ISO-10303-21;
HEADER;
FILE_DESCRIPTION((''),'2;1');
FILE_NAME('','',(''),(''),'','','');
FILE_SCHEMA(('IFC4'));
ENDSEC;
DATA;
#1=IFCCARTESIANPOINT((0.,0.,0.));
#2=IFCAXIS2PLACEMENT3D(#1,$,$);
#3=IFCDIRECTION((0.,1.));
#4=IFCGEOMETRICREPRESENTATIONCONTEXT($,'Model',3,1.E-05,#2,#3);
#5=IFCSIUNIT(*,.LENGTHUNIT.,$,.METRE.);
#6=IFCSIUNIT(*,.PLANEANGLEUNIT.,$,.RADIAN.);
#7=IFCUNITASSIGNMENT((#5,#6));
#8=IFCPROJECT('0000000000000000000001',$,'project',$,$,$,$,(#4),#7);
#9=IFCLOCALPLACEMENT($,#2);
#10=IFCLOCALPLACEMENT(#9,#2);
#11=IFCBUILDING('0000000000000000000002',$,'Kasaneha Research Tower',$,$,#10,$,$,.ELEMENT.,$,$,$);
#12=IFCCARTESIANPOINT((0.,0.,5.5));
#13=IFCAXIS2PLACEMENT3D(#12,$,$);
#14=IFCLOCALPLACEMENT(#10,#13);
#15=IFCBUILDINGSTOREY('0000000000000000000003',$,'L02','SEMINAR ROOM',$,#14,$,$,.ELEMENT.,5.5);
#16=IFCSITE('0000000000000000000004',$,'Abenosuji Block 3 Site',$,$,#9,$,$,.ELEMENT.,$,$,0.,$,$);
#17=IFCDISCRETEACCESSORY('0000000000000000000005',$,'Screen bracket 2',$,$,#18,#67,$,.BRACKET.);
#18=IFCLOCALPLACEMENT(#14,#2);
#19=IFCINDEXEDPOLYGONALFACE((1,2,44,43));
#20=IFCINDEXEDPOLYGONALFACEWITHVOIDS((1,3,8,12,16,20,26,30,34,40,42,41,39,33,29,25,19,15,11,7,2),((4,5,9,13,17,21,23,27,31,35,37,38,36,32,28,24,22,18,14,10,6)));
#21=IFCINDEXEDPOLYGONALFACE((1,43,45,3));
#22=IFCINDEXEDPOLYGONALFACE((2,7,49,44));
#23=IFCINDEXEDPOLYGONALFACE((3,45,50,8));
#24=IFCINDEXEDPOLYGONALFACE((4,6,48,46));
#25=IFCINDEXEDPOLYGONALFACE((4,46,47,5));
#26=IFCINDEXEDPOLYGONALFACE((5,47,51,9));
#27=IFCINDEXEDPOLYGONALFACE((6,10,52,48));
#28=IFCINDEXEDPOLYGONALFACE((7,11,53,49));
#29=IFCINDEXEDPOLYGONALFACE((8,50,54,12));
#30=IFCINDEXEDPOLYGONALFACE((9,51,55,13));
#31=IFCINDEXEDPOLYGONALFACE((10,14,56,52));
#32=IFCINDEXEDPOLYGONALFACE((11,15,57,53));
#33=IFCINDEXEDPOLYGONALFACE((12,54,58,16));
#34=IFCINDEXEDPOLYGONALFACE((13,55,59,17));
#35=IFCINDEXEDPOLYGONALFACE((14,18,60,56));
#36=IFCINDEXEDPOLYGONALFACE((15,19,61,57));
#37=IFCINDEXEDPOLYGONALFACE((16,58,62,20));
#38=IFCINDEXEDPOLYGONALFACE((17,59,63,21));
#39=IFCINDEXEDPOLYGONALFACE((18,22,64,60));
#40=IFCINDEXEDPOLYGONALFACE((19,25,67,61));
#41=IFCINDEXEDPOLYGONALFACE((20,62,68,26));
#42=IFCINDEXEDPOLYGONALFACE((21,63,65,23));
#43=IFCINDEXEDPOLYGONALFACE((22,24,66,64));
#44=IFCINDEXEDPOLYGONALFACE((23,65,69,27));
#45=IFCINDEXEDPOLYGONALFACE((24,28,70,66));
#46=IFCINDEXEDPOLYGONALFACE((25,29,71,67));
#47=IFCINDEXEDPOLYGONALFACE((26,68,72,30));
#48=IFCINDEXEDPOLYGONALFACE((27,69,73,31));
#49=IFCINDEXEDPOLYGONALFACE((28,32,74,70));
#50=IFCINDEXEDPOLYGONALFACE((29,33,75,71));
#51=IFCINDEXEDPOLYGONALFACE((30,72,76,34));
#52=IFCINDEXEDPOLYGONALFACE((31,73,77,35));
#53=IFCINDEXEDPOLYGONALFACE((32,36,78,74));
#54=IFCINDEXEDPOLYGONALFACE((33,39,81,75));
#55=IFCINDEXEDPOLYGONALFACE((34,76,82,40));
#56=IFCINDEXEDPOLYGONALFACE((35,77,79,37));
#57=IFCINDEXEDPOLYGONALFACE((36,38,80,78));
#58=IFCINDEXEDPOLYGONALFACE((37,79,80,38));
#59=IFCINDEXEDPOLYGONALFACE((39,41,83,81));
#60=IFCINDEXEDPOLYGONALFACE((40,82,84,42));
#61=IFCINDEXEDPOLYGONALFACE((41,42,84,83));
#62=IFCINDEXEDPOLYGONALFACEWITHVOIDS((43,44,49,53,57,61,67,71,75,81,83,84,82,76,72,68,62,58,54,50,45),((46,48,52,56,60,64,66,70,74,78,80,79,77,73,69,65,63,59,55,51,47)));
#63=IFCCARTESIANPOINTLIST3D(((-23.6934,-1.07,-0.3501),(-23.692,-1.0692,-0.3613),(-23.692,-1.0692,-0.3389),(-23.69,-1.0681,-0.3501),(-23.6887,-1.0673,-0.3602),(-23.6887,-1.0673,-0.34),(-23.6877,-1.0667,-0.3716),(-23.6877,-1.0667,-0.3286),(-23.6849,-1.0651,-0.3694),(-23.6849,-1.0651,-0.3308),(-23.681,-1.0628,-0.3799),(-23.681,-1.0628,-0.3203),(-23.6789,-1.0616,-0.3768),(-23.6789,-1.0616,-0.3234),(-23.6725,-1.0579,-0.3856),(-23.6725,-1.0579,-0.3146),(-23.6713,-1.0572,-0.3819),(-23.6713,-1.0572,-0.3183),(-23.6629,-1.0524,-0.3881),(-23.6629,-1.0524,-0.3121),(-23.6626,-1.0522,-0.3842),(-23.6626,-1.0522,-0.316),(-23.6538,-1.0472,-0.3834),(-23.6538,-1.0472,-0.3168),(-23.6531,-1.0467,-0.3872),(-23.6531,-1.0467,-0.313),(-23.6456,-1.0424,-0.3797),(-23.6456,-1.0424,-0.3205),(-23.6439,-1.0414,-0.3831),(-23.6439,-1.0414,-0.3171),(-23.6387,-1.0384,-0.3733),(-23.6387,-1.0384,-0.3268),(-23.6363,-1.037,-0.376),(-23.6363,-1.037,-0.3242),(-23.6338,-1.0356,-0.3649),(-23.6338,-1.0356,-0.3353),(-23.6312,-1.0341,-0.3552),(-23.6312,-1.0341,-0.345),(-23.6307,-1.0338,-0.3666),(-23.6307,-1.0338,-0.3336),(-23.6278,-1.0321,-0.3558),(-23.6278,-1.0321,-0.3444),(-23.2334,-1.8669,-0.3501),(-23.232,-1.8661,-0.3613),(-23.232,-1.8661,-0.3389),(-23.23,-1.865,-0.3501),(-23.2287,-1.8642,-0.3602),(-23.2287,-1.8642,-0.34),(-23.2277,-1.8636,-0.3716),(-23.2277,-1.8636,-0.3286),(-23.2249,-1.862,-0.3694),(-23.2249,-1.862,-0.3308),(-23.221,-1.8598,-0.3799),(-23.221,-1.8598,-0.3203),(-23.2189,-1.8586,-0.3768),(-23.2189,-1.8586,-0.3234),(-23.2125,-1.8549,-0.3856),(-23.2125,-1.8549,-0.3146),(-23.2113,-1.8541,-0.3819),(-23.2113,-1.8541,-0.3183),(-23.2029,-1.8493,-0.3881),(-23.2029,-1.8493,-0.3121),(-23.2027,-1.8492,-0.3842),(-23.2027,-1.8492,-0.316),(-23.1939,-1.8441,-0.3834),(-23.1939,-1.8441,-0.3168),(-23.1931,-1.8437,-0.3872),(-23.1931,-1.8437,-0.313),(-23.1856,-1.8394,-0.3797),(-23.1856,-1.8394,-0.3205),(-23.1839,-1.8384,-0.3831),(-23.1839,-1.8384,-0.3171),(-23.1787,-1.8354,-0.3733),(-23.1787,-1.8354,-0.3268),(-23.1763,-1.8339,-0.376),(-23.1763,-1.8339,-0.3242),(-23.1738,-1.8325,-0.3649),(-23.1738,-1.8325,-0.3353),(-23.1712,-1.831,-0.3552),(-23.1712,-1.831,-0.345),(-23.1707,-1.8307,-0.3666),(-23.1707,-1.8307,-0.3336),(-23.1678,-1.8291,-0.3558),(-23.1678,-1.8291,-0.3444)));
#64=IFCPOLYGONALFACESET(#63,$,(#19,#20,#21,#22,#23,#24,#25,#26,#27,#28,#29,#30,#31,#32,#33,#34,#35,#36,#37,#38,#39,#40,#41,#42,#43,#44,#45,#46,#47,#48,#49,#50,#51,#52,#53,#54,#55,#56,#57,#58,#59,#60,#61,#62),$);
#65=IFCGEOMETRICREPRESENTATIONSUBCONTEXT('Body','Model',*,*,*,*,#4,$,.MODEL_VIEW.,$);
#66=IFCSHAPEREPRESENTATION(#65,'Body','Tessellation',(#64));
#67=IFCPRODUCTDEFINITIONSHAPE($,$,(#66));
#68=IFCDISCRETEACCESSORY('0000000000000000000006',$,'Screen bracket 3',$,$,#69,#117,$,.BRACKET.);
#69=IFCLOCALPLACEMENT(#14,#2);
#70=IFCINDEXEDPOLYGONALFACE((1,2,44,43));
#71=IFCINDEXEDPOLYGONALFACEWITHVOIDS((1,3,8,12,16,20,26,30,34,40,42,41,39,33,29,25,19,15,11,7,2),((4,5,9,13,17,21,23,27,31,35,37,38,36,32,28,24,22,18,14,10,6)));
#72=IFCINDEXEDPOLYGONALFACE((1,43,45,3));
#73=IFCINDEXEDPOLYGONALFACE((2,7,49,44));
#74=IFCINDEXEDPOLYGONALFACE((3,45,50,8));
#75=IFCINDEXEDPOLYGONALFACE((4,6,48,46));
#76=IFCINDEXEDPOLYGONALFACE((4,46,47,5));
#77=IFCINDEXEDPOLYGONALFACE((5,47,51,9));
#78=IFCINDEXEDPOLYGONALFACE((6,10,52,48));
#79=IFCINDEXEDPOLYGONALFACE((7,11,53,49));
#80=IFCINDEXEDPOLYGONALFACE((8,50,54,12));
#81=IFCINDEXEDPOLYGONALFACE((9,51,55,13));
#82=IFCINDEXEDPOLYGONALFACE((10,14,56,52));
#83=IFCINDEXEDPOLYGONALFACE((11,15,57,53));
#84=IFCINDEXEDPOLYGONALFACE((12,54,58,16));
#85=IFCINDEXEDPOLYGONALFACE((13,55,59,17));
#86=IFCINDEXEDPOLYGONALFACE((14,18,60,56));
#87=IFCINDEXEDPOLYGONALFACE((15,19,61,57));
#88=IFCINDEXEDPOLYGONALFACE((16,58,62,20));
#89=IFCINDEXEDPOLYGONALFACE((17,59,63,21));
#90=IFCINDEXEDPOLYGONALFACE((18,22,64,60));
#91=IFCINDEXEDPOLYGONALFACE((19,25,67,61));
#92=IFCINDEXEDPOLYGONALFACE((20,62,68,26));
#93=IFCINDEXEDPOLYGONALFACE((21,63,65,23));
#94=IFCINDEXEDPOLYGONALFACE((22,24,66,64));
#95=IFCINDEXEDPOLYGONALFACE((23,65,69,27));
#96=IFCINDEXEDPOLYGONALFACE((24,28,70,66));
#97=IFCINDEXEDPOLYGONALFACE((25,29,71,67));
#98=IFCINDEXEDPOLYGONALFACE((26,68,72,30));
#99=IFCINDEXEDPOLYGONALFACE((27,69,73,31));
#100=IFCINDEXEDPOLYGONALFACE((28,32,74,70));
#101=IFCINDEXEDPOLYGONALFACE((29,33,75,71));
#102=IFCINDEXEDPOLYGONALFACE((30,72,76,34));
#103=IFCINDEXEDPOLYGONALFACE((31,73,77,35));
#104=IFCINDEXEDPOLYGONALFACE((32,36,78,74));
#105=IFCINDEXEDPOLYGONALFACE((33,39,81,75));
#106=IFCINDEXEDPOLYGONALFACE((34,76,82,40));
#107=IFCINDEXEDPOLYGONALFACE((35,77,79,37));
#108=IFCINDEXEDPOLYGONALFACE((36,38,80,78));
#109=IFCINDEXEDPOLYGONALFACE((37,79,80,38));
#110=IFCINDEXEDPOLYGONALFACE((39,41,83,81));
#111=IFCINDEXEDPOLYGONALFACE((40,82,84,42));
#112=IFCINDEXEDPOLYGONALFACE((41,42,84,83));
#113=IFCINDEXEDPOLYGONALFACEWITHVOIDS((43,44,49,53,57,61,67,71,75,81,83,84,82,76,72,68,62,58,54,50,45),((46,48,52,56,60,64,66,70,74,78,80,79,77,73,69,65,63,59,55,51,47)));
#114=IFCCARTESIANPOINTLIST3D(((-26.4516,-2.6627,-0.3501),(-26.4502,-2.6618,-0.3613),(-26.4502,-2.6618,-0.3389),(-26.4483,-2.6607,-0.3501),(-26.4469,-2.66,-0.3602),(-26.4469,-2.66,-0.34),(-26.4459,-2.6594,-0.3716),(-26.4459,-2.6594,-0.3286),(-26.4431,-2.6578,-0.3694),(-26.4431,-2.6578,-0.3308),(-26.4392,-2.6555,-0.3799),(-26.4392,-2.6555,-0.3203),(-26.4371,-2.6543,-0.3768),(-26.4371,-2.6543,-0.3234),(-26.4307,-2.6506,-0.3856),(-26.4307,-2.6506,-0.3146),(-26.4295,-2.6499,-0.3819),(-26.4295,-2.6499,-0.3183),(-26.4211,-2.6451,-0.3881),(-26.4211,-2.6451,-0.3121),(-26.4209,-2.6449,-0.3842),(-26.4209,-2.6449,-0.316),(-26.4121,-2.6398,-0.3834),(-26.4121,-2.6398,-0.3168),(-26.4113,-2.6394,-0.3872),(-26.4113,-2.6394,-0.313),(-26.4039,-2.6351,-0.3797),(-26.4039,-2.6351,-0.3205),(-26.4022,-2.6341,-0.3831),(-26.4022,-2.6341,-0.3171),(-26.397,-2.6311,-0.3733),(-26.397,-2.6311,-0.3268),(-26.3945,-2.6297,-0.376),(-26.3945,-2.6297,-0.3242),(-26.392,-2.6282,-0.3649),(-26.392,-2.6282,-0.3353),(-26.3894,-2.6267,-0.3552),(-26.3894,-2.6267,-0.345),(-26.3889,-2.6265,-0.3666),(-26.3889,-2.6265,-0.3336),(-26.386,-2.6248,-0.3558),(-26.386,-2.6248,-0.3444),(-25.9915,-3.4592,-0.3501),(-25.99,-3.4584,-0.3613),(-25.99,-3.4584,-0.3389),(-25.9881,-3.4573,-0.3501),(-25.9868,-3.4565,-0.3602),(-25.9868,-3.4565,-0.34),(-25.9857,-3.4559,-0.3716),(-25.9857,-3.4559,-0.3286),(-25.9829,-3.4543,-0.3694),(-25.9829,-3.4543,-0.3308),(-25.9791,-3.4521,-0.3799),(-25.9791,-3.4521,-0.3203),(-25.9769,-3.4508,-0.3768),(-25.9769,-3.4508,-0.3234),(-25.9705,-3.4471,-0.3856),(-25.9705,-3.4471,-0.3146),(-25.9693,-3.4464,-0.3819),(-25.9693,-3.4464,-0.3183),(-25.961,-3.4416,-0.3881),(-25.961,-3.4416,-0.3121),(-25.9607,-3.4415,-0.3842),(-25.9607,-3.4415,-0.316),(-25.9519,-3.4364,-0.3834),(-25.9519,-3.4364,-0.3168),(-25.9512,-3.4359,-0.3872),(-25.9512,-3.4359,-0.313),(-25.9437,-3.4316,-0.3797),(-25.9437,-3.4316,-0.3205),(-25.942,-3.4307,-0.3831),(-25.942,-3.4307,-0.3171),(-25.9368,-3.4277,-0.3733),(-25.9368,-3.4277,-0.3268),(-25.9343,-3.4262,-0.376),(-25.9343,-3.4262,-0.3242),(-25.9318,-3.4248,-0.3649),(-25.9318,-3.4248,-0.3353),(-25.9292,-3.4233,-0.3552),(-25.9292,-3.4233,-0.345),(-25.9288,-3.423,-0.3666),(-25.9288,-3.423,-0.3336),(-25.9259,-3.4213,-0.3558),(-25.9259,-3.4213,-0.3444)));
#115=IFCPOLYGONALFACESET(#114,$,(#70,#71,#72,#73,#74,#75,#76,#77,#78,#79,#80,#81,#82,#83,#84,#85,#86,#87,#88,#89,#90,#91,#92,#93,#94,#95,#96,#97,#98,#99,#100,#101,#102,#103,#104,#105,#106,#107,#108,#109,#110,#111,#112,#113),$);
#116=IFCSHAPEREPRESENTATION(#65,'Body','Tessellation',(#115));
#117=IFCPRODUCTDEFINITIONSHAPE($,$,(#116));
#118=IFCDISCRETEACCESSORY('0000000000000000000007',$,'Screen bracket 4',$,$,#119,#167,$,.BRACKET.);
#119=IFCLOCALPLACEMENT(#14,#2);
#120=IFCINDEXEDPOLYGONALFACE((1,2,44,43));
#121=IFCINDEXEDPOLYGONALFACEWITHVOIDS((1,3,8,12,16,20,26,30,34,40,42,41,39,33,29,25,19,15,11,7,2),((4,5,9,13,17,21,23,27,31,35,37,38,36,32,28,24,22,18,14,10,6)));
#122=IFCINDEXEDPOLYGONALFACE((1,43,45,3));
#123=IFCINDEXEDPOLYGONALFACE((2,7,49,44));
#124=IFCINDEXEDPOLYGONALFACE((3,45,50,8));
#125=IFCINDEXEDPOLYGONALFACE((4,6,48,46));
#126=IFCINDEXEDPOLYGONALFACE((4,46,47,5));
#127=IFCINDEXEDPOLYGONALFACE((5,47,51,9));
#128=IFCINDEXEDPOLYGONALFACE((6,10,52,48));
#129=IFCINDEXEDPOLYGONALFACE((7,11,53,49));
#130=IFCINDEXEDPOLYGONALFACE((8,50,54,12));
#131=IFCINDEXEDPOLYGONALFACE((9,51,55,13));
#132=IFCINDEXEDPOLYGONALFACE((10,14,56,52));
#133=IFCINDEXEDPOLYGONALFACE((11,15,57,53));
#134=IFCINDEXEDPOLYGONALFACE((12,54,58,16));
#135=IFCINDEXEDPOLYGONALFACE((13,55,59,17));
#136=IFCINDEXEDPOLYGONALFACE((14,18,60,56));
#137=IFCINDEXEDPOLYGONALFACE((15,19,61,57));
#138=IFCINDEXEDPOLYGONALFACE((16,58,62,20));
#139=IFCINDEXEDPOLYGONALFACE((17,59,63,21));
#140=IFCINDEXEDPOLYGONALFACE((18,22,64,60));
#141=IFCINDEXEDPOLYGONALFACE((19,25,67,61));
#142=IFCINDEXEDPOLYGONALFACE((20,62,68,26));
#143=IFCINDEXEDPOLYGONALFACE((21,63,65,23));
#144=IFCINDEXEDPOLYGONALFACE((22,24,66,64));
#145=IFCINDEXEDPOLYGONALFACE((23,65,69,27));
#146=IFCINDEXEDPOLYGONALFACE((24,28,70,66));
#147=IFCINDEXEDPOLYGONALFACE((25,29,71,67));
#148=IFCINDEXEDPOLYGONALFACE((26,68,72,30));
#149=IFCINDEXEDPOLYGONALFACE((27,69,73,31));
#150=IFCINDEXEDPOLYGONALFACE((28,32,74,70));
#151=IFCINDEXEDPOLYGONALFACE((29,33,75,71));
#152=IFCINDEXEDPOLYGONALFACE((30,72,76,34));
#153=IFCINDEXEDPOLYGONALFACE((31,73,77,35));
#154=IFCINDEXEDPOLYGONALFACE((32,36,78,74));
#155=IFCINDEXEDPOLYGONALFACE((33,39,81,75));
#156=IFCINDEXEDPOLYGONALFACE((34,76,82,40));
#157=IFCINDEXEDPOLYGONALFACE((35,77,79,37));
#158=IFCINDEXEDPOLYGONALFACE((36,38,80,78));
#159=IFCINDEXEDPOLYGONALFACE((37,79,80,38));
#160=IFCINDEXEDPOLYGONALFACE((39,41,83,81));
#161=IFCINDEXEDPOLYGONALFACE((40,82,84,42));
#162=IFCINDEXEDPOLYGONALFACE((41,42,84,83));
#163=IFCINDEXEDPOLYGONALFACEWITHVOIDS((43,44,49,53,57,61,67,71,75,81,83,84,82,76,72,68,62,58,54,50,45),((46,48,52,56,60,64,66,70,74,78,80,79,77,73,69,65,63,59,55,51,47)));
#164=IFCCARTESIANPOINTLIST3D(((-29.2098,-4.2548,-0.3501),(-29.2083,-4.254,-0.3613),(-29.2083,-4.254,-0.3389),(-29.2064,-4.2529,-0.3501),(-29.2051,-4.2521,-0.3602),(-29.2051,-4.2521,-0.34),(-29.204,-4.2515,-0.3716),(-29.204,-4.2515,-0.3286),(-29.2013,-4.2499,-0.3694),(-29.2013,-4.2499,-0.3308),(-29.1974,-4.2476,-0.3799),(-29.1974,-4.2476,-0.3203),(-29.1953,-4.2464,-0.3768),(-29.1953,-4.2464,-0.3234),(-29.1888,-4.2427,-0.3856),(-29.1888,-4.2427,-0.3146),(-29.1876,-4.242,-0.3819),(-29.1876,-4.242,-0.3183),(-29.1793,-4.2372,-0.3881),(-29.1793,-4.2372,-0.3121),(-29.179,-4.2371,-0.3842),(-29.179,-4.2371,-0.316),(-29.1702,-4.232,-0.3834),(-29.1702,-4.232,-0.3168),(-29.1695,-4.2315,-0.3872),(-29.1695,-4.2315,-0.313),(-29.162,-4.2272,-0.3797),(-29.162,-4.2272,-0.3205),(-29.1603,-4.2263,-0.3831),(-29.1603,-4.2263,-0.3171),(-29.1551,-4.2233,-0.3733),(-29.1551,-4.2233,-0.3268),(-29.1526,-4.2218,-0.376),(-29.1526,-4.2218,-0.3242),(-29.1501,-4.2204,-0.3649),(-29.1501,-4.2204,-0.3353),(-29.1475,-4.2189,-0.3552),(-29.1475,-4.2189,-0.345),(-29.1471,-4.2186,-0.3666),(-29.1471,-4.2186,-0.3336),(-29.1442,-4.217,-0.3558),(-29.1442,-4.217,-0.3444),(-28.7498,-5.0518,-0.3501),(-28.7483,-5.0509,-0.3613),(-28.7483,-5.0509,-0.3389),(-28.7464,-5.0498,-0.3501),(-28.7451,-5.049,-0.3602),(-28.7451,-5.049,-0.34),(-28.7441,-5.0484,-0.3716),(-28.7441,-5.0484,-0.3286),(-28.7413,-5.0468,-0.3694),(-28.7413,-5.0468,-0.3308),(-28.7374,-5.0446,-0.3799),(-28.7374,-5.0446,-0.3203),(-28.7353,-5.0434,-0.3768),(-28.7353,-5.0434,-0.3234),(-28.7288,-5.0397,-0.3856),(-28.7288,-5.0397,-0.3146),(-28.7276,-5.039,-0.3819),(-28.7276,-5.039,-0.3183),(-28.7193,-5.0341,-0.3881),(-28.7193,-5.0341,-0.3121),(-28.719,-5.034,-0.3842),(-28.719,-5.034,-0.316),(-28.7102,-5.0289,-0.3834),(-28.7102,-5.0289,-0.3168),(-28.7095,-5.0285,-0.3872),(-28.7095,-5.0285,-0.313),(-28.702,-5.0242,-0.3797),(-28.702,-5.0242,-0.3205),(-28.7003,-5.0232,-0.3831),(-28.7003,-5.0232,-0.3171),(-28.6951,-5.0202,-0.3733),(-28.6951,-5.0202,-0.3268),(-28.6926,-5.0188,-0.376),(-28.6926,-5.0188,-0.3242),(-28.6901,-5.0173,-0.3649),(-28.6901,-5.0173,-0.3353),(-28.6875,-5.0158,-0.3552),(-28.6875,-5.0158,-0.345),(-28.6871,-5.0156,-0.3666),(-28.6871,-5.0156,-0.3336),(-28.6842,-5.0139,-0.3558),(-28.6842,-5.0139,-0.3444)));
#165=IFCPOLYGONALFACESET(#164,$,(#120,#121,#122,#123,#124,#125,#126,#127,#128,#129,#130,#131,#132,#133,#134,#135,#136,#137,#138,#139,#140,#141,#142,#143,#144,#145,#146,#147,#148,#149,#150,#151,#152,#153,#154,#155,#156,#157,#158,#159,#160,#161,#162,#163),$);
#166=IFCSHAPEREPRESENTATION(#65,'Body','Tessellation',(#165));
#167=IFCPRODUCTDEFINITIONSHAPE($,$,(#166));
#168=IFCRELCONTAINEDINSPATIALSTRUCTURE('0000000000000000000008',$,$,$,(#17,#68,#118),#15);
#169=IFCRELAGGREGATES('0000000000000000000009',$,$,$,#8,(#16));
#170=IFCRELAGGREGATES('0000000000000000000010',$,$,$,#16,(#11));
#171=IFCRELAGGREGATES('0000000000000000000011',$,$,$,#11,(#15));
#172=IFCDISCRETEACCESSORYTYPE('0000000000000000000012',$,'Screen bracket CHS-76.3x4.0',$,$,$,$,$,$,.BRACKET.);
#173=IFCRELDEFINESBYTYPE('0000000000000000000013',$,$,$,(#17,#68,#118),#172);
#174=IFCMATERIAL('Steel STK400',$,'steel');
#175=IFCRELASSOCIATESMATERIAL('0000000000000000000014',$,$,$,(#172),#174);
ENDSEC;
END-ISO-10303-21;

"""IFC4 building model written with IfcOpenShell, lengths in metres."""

from ifc_helpers import new_model, si_unit, direction, frame, origin, origin_2d, place, context, subcontext, project, spatial, hollow_circle, extrude, material, material_profile, profile_set, type_object, element, save


model = new_model("IFC4")

# Units and contexts
model_context = context("Model", 3, precision=1e-05, world=origin(), true_north=direction((0.0, 1.0)))
body_context = subcontext(model_context, "Body", "Model", "MODEL_VIEW")
ifc_project = project(units=[si_unit("LENGTHUNIT", "METRE"), si_unit("PLANEANGLEUNIT", "RADIAN")], contexts=[model_context])

# Site, building, storey
site_placement = place(None, origin())
site = spatial("IfcSite", under=ifc_project, at=site_placement, Name="Abenosuji Block 3 Site", CompositionType="ELEMENT", RefElevation=0.0)
building_placement = place(site_placement, origin())
building = spatial("IfcBuilding", under=site, at=building_placement, Name="Kasaneha Research Tower", CompositionType="ELEMENT")
storey_placement = place(building_placement, frame((0.0, 0.0, 5.5)))
storey = spatial("IfcBuildingStorey", under=building, at=storey_placement, Name="L02", Description="SEMINAR ROOM", CompositionType="ELEMENT", Elevation=5.5)

# Discrete accessories
ifc_material_1 = material(Name="Steel STK400", Category="steel")
ifc_material_profile_1 = material_profile(ifc_material_1, hollow_circle(Radius=0.0381, WallThickness=0.0039, at=origin_2d()), Name="CHS-76.3x4.0")
ifc_profile_set_1 = profile_set([ifc_material_profile_1], Name="Steel STK400")
discrete_accessory_type = type_object("IfcDiscreteAccessoryType", Name="Screen bracket CHS-76.3x4.0", PredefinedType="BRACKET", material=ifc_profile_set_1)
discrete_accessory_1_placement = place(storey_placement, frame((-23.2004, -1.8479, -0.3501), z_axis=(-0.499906, 0.86608, 0.0), x_axis=(-0.86608, -0.499906, 0.0)))
element("IfcDiscreteAccessory", 1, at=discrete_accessory_1_placement, inside=storey, type_object=discrete_accessory_type, Name="Screen bracket 2", PredefinedType="BRACKET", context=body_context, shape_type="SweptSolid", body=[
    extrude(hollow_circle(Radius=0.0381, WallThickness=0.0039, at=origin_2d()), origin(), (0.0, 0.0, 1.0), 0.9202),
])
discrete_accessory_2_placement = place(storey_placement, frame((-25.9585, -3.4402, -0.3501), z_axis=(-0.50022, 0.865898, 0.0), x_axis=(-0.865898, -0.50022, 0.0)))
element("IfcDiscreteAccessory", 2, at=discrete_accessory_2_placement, inside=storey, type_object=discrete_accessory_type, Name="Screen bracket 3", PredefinedType="BRACKET", context=body_context, shape_type="SweptSolid", body=[
    extrude(hollow_circle(Radius=0.0381, WallThickness=0.0039, at=origin_2d()), origin(), (0.0, 0.0, 1.0), 0.9199),
])
discrete_accessory_3_placement = place(storey_placement, frame((-28.7168, -5.0327, -0.3501), z_axis=(-0.499906, 0.86608, 0.0), x_axis=(-0.86608, -0.499906, 0.0)))
element("IfcDiscreteAccessory", 3, at=discrete_accessory_3_placement, inside=storey, type_object=discrete_accessory_type, Name="Screen bracket 4", PredefinedType="BRACKET", context=body_context, shape_type="SweptSolid", body=[
    extrude(hollow_circle(Radius=0.0381, WallThickness=0.0039, at=origin_2d()), origin(), (0.0, 0.0, 1.0), 0.9202),
])

save(model, "model.ifc")
